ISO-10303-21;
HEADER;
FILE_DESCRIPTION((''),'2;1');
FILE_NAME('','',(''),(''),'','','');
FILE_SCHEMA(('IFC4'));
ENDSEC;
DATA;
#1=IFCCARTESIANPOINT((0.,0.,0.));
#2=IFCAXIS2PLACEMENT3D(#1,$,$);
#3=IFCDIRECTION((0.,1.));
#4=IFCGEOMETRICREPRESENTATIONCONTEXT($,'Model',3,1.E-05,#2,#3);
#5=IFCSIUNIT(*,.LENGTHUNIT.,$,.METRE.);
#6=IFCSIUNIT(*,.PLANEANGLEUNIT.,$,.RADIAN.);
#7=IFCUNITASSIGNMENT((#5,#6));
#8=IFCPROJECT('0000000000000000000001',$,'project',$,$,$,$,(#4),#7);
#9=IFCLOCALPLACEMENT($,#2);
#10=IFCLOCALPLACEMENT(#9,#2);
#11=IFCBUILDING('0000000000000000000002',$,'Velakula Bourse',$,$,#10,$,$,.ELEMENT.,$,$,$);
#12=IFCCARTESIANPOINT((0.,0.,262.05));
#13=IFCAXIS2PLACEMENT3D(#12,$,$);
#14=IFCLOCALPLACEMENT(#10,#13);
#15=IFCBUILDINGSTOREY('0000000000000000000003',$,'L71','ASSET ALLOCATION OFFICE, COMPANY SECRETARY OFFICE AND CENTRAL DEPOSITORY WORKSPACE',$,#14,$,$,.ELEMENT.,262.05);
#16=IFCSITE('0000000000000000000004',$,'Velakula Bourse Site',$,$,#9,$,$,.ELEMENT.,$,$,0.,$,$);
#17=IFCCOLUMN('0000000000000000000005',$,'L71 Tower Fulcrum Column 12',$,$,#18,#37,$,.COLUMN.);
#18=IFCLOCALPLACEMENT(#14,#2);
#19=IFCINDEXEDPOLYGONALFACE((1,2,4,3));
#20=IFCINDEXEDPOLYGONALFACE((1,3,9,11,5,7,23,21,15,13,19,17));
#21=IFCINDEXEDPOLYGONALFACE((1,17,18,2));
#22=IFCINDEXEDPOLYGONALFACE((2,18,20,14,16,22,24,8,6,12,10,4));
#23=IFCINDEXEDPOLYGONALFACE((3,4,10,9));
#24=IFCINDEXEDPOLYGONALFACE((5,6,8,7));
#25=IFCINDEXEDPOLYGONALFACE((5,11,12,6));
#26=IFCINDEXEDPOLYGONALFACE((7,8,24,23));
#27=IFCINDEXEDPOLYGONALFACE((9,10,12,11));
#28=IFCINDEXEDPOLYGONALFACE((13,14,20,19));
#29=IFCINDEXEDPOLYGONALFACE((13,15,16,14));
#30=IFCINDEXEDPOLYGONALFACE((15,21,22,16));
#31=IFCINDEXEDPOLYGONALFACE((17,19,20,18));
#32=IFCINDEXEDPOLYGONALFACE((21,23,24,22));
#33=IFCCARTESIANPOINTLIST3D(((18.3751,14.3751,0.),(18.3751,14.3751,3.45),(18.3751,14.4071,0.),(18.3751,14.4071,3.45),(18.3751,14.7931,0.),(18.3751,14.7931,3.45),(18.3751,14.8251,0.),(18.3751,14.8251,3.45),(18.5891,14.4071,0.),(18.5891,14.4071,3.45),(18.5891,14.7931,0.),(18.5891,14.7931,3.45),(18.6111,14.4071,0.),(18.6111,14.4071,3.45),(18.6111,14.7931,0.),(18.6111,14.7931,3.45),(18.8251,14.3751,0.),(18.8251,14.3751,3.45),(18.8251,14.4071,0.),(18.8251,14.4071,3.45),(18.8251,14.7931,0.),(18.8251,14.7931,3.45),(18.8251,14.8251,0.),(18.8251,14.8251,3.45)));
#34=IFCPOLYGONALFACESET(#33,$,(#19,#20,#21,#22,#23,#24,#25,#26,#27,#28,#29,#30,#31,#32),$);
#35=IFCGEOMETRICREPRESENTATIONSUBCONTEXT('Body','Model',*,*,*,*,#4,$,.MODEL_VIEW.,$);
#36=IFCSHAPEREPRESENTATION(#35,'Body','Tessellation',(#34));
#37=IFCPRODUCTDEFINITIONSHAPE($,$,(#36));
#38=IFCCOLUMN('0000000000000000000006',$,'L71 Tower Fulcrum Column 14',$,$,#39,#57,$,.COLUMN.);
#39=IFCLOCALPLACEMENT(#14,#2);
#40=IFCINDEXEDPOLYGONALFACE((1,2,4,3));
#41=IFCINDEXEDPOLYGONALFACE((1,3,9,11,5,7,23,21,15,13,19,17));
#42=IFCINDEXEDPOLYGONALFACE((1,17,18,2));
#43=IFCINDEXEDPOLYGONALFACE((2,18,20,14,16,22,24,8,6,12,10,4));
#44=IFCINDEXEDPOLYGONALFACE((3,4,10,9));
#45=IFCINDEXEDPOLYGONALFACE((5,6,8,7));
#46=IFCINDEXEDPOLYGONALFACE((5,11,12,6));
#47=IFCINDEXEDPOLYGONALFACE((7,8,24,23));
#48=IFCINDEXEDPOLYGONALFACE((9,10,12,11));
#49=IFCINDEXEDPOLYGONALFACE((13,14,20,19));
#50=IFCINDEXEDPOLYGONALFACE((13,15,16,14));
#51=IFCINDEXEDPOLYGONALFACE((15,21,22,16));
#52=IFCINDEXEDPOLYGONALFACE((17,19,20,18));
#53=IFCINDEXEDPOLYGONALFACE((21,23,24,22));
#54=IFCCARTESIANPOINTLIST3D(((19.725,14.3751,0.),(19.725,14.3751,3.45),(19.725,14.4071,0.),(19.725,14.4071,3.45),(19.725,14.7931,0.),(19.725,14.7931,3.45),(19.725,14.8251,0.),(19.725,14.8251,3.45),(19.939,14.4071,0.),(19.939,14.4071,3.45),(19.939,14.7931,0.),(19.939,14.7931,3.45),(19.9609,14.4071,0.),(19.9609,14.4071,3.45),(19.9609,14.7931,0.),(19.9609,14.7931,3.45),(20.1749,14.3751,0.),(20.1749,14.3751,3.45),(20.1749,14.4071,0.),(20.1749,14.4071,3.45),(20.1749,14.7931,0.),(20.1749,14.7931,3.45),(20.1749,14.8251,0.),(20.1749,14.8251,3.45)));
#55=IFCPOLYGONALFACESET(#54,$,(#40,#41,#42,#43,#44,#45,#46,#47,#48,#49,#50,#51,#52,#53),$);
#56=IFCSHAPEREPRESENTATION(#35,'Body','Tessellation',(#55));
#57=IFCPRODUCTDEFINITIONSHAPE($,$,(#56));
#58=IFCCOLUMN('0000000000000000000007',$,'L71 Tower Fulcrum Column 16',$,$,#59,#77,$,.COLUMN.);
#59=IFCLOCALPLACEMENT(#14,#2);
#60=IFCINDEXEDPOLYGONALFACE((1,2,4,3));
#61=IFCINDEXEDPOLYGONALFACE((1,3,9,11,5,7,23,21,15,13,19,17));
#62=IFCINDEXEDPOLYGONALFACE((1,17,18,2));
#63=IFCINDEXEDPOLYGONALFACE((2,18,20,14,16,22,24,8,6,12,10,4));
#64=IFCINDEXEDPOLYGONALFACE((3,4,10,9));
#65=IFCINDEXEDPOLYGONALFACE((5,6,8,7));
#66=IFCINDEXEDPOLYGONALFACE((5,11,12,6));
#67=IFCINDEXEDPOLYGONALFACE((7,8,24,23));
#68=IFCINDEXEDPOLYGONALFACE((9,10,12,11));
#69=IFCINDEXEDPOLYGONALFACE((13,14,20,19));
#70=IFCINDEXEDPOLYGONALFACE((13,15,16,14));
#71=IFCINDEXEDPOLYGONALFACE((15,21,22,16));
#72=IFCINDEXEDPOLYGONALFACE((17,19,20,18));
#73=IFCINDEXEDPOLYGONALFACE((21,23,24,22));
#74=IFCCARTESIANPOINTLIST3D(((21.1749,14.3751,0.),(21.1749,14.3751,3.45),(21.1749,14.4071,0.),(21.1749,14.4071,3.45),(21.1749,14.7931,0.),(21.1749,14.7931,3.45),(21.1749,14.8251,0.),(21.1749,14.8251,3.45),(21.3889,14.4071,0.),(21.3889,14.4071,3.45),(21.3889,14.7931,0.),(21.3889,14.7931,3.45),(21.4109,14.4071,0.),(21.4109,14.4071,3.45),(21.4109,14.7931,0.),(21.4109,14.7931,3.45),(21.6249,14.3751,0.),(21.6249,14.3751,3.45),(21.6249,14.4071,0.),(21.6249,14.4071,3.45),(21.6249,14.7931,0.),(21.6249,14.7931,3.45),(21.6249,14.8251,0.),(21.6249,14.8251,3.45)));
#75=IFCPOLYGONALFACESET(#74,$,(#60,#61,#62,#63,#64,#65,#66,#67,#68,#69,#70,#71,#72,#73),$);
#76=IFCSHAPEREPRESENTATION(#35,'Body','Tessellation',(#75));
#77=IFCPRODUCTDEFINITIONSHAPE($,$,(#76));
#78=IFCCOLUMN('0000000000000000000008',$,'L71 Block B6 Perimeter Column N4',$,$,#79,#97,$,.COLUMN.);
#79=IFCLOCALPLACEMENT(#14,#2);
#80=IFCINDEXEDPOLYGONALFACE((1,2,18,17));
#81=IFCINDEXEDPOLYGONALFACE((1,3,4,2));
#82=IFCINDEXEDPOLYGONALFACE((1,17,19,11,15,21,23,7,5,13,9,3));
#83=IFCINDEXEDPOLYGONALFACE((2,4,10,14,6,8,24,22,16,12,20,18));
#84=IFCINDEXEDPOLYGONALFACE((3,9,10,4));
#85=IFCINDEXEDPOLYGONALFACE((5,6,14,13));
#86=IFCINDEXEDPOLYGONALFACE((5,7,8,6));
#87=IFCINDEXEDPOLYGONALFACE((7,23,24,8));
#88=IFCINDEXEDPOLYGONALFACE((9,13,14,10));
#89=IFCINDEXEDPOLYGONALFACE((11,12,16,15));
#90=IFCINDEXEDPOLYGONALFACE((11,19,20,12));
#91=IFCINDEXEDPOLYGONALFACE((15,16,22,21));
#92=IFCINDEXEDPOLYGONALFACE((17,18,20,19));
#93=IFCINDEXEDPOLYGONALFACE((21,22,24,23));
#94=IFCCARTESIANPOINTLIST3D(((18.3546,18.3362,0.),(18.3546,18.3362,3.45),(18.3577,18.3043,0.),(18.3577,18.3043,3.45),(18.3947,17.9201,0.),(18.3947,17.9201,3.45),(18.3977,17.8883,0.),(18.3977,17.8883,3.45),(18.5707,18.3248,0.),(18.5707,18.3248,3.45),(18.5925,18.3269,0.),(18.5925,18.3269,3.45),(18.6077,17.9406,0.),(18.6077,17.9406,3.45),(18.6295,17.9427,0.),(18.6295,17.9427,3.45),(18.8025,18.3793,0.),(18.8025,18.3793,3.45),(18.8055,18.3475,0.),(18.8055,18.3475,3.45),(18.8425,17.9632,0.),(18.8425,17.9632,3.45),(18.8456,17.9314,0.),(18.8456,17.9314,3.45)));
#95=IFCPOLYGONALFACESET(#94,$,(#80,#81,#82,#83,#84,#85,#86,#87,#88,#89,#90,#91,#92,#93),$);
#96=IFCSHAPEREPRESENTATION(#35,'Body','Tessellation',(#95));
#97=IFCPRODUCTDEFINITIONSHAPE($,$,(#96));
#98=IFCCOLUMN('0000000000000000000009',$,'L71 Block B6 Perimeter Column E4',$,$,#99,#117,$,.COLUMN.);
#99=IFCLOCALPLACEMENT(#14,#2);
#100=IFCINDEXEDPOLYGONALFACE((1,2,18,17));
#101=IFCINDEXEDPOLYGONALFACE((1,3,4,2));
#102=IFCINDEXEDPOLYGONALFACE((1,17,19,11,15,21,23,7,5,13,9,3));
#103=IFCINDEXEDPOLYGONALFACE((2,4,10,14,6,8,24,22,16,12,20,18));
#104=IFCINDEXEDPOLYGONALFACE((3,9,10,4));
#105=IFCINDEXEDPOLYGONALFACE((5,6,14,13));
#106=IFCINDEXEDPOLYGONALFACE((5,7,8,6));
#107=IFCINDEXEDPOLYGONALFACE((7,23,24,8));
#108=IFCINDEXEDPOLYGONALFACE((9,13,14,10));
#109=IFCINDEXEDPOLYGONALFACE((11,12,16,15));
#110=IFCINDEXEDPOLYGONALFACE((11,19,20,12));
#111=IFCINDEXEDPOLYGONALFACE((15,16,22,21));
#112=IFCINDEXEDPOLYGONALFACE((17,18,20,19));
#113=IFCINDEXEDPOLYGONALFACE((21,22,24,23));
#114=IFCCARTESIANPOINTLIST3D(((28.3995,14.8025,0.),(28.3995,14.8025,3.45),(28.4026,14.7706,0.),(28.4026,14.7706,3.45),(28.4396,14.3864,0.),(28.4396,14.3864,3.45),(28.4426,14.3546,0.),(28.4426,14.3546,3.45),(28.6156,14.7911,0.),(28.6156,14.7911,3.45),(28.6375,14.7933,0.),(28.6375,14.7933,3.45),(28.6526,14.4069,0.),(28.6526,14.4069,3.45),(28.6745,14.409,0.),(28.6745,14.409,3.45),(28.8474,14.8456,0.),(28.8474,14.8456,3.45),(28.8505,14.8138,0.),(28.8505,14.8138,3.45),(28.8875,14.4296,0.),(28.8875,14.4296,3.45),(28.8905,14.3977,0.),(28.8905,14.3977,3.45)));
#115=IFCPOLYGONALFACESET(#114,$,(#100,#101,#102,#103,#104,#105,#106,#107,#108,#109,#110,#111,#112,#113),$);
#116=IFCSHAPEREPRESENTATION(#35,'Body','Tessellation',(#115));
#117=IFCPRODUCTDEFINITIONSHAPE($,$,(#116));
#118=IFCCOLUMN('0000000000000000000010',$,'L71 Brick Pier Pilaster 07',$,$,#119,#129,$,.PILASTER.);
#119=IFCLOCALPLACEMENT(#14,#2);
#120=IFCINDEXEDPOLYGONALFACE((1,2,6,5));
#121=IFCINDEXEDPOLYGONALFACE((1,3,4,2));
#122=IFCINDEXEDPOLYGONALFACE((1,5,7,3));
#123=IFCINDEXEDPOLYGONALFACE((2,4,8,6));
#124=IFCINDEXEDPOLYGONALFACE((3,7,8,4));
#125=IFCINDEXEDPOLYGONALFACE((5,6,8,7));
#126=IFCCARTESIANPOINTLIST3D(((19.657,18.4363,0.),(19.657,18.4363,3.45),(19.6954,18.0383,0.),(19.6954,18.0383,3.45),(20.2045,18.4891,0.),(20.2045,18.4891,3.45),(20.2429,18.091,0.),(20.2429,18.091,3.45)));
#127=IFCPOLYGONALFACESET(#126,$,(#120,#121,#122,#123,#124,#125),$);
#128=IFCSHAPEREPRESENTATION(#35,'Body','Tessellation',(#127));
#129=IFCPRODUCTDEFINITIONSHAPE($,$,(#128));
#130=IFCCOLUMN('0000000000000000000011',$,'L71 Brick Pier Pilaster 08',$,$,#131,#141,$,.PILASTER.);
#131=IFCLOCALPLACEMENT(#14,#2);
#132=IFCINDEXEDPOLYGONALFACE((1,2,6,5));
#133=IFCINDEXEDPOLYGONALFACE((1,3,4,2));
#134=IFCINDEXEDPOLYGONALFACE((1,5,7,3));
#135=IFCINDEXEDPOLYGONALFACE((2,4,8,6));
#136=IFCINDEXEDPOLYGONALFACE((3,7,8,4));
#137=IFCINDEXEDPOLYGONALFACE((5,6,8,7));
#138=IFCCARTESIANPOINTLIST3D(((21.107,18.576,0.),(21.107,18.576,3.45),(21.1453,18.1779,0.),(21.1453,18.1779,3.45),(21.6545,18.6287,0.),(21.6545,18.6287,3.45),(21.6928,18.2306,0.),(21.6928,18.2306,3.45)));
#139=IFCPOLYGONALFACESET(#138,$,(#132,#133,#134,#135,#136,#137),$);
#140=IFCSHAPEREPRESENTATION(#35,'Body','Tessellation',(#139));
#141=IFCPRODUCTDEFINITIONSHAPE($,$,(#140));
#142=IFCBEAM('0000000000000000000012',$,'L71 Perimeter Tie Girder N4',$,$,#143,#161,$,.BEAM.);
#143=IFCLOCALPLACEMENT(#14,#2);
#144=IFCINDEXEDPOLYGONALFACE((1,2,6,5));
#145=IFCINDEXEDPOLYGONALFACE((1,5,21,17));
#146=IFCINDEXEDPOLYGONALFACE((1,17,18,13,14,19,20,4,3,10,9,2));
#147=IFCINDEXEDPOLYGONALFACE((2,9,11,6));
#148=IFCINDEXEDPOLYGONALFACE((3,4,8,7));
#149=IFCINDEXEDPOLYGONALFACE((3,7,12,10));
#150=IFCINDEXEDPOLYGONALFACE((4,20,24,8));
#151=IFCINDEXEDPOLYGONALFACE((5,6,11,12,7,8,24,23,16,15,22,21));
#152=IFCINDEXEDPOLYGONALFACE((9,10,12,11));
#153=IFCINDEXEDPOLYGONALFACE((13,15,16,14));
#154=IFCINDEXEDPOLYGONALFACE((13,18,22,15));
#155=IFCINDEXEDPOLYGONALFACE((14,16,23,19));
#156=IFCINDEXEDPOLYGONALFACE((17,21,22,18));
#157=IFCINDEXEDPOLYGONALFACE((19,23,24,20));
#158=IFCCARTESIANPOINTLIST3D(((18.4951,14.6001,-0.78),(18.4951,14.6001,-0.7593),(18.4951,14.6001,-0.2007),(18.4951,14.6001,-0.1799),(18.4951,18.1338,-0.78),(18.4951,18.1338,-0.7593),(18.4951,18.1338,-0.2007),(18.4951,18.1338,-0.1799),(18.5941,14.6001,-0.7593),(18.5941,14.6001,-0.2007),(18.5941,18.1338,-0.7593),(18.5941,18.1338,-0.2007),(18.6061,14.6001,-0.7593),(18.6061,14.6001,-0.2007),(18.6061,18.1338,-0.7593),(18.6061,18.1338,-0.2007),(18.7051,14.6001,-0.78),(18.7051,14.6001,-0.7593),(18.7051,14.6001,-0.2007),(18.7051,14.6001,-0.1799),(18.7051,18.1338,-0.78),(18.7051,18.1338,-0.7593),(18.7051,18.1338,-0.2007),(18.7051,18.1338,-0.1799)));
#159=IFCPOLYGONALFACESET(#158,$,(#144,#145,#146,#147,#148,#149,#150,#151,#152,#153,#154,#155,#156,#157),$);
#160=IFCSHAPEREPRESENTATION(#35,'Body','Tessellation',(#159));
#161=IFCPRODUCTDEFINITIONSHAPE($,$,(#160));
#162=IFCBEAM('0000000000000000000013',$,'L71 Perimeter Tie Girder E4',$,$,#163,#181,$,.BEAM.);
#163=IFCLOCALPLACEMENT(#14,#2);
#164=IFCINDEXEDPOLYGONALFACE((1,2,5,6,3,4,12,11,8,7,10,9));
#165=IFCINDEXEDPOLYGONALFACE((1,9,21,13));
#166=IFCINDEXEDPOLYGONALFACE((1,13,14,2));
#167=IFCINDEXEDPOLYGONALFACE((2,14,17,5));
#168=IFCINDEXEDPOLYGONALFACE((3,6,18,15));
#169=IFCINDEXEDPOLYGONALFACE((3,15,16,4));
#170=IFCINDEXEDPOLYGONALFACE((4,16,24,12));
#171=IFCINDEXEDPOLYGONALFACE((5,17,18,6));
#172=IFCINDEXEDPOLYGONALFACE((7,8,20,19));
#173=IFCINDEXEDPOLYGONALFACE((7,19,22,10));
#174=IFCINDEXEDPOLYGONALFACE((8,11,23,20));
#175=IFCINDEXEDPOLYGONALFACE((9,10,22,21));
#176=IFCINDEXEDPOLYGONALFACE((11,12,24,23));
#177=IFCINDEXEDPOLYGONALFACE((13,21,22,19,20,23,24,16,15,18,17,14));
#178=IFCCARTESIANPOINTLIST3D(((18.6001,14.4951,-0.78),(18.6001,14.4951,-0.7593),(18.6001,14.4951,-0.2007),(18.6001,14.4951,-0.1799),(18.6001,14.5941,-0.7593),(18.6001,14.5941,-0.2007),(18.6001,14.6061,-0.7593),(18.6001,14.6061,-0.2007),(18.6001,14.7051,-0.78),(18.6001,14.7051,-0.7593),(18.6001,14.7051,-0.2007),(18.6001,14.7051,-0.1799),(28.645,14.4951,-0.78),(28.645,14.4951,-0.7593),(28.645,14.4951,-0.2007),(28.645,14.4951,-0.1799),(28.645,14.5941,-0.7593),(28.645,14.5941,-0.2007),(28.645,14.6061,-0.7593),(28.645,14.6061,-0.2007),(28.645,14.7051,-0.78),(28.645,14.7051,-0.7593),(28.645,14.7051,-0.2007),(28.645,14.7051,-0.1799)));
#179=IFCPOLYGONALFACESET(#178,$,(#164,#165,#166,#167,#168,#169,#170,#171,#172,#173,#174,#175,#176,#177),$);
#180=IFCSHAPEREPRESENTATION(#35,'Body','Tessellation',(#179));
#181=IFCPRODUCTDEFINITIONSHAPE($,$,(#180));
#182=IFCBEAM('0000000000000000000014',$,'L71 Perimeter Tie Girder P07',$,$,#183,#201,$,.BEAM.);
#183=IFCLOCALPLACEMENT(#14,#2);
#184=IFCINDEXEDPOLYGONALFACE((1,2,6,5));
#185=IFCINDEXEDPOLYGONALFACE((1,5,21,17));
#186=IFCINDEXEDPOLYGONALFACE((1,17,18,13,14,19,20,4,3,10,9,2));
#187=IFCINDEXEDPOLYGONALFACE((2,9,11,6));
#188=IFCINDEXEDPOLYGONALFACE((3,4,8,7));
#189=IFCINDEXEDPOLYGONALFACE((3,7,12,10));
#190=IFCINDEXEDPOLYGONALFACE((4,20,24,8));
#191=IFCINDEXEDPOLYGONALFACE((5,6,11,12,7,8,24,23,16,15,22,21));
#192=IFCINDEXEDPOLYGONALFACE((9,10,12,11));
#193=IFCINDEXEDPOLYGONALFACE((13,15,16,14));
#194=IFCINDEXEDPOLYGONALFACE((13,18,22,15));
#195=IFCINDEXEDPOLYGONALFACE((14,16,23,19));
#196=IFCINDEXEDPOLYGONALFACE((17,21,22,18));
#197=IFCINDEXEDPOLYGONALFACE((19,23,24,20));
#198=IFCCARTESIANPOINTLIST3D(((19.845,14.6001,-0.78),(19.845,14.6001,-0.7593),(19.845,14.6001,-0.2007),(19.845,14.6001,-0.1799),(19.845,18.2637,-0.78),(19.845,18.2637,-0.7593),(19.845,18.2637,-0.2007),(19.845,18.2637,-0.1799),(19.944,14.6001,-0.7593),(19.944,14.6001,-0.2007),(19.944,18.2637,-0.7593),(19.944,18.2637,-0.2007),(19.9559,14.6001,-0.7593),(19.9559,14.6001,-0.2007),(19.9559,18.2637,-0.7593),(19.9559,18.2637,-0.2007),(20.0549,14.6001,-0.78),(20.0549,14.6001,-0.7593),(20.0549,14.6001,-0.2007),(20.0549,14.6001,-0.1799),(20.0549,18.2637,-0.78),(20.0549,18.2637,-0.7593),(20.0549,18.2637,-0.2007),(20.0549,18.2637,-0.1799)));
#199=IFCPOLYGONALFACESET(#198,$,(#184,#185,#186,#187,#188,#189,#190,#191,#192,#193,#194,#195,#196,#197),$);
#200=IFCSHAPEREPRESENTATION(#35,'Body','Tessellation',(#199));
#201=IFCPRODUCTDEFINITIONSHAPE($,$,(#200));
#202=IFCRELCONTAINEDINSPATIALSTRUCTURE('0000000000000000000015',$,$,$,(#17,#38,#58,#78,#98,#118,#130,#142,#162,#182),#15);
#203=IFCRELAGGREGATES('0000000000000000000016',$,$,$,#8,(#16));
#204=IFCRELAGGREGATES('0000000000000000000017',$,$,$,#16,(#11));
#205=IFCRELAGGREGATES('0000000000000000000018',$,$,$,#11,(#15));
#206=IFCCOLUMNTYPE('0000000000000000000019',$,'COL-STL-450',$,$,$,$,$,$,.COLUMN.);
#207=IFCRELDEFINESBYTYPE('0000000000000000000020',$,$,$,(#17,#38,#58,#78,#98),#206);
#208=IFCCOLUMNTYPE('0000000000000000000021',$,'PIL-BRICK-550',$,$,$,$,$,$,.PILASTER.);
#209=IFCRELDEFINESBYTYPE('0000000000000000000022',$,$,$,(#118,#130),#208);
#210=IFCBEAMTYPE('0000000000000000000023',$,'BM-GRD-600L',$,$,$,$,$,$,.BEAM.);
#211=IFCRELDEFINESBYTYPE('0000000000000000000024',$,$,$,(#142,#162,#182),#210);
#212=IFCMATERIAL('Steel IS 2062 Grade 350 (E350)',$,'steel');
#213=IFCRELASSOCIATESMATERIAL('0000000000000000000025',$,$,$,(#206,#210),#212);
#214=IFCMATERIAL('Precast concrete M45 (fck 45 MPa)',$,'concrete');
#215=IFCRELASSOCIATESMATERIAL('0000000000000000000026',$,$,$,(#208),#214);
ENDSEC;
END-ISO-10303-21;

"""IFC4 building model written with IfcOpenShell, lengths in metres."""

from ifc_helpers import new_model, si_unit, direction, frame, origin, origin_2d, place, context, subcontext, project, spatial, rectangle, i_section, extrude, material, material_profile, profile_set, type_object, element, save


model = new_model("IFC4")

# Units and contexts
model_context = context("Model", 3, precision=1e-05, world=origin(), true_north=direction((0.0, 1.0)))
body_context = subcontext(model_context, "Body", "Model", "MODEL_VIEW")
ifc_project = project(units=[si_unit("LENGTHUNIT", "METRE"), si_unit("PLANEANGLEUNIT", "RADIAN")], contexts=[model_context])

# Site, building, storey
site_placement = place(None, origin())
site = spatial("IfcSite", under=ifc_project, at=site_placement, Name="Velakula Bourse Site", CompositionType="ELEMENT", RefElevation=0.0)
building_placement = place(site_placement, origin())
building = spatial("IfcBuilding", under=site, at=building_placement, Name="Velakula Bourse", CompositionType="ELEMENT")
storey_placement = place(building_placement, frame((0.0, 0.0, 262.05)))
storey = spatial("IfcBuildingStorey", under=building, at=storey_placement, Name="L71", Description="ASSET ALLOCATION OFFICE, COMPANY SECRETARY OFFICE AND CENTRAL DEPOSITORY WORKSPACE", CompositionType="ELEMENT", Elevation=262.05)

# Columns
ifc_material_1 = material(Name="Steel IS 2062 Grade 350 (E350)", Category="steel")
ifc_material_profile_1 = material_profile(ifc_material_1, i_section(OverallWidth=0.45, OverallDepth=0.45, WebThickness=0.022, FlangeThickness=0.032, at=origin_2d()), Name="Steel IS 2062 Grade 350 (E350)")
ifc_profile_set_1 = profile_set([ifc_material_profile_1], Name="Steel IS 2062 Grade 350 (E350)")
column_type_1 = type_object("IfcColumnType", Name="COL-STL-450", PredefinedType="COLUMN", material=ifc_profile_set_1)
for number, where, z_axis, x_axis, name in (
    (1, (18.6001, 14.6001, 0.0), (0.0, 0.0, 1.0), (1.0, 0.0, 0.0), "L71 Tower Fulcrum Column 12"),
    (2, (19.95, 14.6001, 0.0), (0.0, 0.0, 1.0), (1.0, 0.0, 0.0), "L71 Tower Fulcrum Column 14"),
    (3, (21.3999, 14.6001, 0.0), (0.0, 0.0, 1.0), (1.0, 0.0, 0.0), "L71 Tower Fulcrum Column 16"),
    (4, (18.6001, 18.1338, 0.0), (0.0, 0.0, 1.0), (0.995396, 0.095846, 0.0), "L71 Block B6 Perimeter Column N4"),
    (5, (28.645, 14.6001, 0.0), (0.0, 0.0, 1.0), (0.995396, 0.095846, 0.0), "L71 Block B6 Perimeter Column E4"),
):
    element("IfcColumn", number, at=place(storey_placement, frame(where, z_axis=z_axis, x_axis=x_axis)), inside=storey, type_object=column_type_1, Name=name, PredefinedType="COLUMN", context=body_context, shape_type="SweptSolid", body=[
        extrude(i_section(OverallWidth=0.45, OverallDepth=0.45, WebThickness=0.022, FlangeThickness=0.032, at=origin_2d()), origin(), (0.0, 0.0, 1.0), 3.45),
    ])
ifc_material_2 = material(Name="Precast concrete M45 (fck 45 MPa)", Category="concrete")
ifc_material_profile_2 = material_profile(ifc_material_2, rectangle(XDim=0.55, YDim=0.3999, at=origin_2d()), Name="Precast concrete M45 (fck 45 MPa)")
ifc_profile_set_2 = profile_set([ifc_material_profile_2], Name="Precast concrete M45 (fck 45 MPa)")
column_type_2 = type_object("IfcColumnType", Name="PIL-BRICK-550", PredefinedType="PILASTER", material=ifc_profile_set_2)
for number, where, z_axis, x_axis, name in (
    (6, (19.95, 18.2637, 0.0), (0.0, 0.0, 1.0), (0.995396, 0.095846, 0.0), "L71 Brick Pier Pilaster 07"),
    (7, (21.3999, 18.4033, 0.0), (0.0, 0.0, 1.0), (0.995396, 0.095846, 0.0), "L71 Brick Pier Pilaster 08"),
):
    element("IfcColumn", number, at=place(storey_placement, frame(where, z_axis=z_axis, x_axis=x_axis)), inside=storey, type_object=column_type_2, Name=name, PredefinedType="PILASTER", context=body_context, shape_type="SweptSolid", body=[
        extrude(rectangle(XDim=0.55, YDim=0.3999, at=origin_2d()), origin(), (0.0, 0.0, 1.0), 3.45),
    ])

# Beams
ifc_material_profile_3 = material_profile(ifc_material_1, i_section(OverallWidth=0.21, OverallDepth=0.6001, WebThickness=0.012, FlangeThickness=0.0208, at=origin_2d()), Name="Steel IS 2062 Grade 350 (E350)")
ifc_profile_set_3 = profile_set([ifc_material_profile_3], Name="Steel IS 2062 Grade 350 (E350)")
beam_type_1 = type_object("IfcBeamType", Name="BM-GRD-600L", PredefinedType="BEAM", material=ifc_profile_set_3)
beam_1_placement = place(storey_placement, frame((18.6001, 14.6001, -0.48), z_axis=(0.0, 1.0, 0.0), x_axis=(-1.0, 0.0, 0.0)))
element("IfcBeam", 8, at=beam_1_placement, inside=storey, type_object=beam_type_1, Name="L71 Perimeter Tie Girder N4", PredefinedType="BEAM", context=body_context, shape_type="SweptSolid", body=[
    extrude(i_section(OverallWidth=0.21, OverallDepth=0.6001, WebThickness=0.012, FlangeThickness=0.0208, at=origin_2d()), origin(), (0.0, 0.0, 1.0), 3.5337),
])
beam_2_placement = place(storey_placement, frame((18.6001, 14.6001, -0.48), z_axis=(1.0, 0.0, 0.0), x_axis=(0.0, 1.0, 0.0)))
element("IfcBeam", 9, at=beam_2_placement, inside=storey, type_object=beam_type_1, Name="L71 Perimeter Tie Girder E4", PredefinedType="BEAM", context=body_context, shape_type="SweptSolid", body=[
    extrude(i_section(OverallWidth=0.21, OverallDepth=0.6001, WebThickness=0.012, FlangeThickness=0.0208, at=origin_2d()), origin(), (0.0, 0.0, 1.0), 10.0449),
])
beam_3_placement = place(storey_placement, frame((19.95, 14.6001, -0.48), z_axis=(0.0, 1.0, 0.0), x_axis=(-1.0, 0.0, 0.0)))
element("IfcBeam", 10, at=beam_3_placement, inside=storey, type_object=beam_type_1, Name="L71 Perimeter Tie Girder P07", PredefinedType="BEAM", context=body_context, shape_type="SweptSolid", body=[
    extrude(i_section(OverallWidth=0.21, OverallDepth=0.6001, WebThickness=0.012, FlangeThickness=0.0208, at=origin_2d()), origin(), (0.0, 0.0, 1.0), 3.6636),
])

save(model, "model.ifc")
